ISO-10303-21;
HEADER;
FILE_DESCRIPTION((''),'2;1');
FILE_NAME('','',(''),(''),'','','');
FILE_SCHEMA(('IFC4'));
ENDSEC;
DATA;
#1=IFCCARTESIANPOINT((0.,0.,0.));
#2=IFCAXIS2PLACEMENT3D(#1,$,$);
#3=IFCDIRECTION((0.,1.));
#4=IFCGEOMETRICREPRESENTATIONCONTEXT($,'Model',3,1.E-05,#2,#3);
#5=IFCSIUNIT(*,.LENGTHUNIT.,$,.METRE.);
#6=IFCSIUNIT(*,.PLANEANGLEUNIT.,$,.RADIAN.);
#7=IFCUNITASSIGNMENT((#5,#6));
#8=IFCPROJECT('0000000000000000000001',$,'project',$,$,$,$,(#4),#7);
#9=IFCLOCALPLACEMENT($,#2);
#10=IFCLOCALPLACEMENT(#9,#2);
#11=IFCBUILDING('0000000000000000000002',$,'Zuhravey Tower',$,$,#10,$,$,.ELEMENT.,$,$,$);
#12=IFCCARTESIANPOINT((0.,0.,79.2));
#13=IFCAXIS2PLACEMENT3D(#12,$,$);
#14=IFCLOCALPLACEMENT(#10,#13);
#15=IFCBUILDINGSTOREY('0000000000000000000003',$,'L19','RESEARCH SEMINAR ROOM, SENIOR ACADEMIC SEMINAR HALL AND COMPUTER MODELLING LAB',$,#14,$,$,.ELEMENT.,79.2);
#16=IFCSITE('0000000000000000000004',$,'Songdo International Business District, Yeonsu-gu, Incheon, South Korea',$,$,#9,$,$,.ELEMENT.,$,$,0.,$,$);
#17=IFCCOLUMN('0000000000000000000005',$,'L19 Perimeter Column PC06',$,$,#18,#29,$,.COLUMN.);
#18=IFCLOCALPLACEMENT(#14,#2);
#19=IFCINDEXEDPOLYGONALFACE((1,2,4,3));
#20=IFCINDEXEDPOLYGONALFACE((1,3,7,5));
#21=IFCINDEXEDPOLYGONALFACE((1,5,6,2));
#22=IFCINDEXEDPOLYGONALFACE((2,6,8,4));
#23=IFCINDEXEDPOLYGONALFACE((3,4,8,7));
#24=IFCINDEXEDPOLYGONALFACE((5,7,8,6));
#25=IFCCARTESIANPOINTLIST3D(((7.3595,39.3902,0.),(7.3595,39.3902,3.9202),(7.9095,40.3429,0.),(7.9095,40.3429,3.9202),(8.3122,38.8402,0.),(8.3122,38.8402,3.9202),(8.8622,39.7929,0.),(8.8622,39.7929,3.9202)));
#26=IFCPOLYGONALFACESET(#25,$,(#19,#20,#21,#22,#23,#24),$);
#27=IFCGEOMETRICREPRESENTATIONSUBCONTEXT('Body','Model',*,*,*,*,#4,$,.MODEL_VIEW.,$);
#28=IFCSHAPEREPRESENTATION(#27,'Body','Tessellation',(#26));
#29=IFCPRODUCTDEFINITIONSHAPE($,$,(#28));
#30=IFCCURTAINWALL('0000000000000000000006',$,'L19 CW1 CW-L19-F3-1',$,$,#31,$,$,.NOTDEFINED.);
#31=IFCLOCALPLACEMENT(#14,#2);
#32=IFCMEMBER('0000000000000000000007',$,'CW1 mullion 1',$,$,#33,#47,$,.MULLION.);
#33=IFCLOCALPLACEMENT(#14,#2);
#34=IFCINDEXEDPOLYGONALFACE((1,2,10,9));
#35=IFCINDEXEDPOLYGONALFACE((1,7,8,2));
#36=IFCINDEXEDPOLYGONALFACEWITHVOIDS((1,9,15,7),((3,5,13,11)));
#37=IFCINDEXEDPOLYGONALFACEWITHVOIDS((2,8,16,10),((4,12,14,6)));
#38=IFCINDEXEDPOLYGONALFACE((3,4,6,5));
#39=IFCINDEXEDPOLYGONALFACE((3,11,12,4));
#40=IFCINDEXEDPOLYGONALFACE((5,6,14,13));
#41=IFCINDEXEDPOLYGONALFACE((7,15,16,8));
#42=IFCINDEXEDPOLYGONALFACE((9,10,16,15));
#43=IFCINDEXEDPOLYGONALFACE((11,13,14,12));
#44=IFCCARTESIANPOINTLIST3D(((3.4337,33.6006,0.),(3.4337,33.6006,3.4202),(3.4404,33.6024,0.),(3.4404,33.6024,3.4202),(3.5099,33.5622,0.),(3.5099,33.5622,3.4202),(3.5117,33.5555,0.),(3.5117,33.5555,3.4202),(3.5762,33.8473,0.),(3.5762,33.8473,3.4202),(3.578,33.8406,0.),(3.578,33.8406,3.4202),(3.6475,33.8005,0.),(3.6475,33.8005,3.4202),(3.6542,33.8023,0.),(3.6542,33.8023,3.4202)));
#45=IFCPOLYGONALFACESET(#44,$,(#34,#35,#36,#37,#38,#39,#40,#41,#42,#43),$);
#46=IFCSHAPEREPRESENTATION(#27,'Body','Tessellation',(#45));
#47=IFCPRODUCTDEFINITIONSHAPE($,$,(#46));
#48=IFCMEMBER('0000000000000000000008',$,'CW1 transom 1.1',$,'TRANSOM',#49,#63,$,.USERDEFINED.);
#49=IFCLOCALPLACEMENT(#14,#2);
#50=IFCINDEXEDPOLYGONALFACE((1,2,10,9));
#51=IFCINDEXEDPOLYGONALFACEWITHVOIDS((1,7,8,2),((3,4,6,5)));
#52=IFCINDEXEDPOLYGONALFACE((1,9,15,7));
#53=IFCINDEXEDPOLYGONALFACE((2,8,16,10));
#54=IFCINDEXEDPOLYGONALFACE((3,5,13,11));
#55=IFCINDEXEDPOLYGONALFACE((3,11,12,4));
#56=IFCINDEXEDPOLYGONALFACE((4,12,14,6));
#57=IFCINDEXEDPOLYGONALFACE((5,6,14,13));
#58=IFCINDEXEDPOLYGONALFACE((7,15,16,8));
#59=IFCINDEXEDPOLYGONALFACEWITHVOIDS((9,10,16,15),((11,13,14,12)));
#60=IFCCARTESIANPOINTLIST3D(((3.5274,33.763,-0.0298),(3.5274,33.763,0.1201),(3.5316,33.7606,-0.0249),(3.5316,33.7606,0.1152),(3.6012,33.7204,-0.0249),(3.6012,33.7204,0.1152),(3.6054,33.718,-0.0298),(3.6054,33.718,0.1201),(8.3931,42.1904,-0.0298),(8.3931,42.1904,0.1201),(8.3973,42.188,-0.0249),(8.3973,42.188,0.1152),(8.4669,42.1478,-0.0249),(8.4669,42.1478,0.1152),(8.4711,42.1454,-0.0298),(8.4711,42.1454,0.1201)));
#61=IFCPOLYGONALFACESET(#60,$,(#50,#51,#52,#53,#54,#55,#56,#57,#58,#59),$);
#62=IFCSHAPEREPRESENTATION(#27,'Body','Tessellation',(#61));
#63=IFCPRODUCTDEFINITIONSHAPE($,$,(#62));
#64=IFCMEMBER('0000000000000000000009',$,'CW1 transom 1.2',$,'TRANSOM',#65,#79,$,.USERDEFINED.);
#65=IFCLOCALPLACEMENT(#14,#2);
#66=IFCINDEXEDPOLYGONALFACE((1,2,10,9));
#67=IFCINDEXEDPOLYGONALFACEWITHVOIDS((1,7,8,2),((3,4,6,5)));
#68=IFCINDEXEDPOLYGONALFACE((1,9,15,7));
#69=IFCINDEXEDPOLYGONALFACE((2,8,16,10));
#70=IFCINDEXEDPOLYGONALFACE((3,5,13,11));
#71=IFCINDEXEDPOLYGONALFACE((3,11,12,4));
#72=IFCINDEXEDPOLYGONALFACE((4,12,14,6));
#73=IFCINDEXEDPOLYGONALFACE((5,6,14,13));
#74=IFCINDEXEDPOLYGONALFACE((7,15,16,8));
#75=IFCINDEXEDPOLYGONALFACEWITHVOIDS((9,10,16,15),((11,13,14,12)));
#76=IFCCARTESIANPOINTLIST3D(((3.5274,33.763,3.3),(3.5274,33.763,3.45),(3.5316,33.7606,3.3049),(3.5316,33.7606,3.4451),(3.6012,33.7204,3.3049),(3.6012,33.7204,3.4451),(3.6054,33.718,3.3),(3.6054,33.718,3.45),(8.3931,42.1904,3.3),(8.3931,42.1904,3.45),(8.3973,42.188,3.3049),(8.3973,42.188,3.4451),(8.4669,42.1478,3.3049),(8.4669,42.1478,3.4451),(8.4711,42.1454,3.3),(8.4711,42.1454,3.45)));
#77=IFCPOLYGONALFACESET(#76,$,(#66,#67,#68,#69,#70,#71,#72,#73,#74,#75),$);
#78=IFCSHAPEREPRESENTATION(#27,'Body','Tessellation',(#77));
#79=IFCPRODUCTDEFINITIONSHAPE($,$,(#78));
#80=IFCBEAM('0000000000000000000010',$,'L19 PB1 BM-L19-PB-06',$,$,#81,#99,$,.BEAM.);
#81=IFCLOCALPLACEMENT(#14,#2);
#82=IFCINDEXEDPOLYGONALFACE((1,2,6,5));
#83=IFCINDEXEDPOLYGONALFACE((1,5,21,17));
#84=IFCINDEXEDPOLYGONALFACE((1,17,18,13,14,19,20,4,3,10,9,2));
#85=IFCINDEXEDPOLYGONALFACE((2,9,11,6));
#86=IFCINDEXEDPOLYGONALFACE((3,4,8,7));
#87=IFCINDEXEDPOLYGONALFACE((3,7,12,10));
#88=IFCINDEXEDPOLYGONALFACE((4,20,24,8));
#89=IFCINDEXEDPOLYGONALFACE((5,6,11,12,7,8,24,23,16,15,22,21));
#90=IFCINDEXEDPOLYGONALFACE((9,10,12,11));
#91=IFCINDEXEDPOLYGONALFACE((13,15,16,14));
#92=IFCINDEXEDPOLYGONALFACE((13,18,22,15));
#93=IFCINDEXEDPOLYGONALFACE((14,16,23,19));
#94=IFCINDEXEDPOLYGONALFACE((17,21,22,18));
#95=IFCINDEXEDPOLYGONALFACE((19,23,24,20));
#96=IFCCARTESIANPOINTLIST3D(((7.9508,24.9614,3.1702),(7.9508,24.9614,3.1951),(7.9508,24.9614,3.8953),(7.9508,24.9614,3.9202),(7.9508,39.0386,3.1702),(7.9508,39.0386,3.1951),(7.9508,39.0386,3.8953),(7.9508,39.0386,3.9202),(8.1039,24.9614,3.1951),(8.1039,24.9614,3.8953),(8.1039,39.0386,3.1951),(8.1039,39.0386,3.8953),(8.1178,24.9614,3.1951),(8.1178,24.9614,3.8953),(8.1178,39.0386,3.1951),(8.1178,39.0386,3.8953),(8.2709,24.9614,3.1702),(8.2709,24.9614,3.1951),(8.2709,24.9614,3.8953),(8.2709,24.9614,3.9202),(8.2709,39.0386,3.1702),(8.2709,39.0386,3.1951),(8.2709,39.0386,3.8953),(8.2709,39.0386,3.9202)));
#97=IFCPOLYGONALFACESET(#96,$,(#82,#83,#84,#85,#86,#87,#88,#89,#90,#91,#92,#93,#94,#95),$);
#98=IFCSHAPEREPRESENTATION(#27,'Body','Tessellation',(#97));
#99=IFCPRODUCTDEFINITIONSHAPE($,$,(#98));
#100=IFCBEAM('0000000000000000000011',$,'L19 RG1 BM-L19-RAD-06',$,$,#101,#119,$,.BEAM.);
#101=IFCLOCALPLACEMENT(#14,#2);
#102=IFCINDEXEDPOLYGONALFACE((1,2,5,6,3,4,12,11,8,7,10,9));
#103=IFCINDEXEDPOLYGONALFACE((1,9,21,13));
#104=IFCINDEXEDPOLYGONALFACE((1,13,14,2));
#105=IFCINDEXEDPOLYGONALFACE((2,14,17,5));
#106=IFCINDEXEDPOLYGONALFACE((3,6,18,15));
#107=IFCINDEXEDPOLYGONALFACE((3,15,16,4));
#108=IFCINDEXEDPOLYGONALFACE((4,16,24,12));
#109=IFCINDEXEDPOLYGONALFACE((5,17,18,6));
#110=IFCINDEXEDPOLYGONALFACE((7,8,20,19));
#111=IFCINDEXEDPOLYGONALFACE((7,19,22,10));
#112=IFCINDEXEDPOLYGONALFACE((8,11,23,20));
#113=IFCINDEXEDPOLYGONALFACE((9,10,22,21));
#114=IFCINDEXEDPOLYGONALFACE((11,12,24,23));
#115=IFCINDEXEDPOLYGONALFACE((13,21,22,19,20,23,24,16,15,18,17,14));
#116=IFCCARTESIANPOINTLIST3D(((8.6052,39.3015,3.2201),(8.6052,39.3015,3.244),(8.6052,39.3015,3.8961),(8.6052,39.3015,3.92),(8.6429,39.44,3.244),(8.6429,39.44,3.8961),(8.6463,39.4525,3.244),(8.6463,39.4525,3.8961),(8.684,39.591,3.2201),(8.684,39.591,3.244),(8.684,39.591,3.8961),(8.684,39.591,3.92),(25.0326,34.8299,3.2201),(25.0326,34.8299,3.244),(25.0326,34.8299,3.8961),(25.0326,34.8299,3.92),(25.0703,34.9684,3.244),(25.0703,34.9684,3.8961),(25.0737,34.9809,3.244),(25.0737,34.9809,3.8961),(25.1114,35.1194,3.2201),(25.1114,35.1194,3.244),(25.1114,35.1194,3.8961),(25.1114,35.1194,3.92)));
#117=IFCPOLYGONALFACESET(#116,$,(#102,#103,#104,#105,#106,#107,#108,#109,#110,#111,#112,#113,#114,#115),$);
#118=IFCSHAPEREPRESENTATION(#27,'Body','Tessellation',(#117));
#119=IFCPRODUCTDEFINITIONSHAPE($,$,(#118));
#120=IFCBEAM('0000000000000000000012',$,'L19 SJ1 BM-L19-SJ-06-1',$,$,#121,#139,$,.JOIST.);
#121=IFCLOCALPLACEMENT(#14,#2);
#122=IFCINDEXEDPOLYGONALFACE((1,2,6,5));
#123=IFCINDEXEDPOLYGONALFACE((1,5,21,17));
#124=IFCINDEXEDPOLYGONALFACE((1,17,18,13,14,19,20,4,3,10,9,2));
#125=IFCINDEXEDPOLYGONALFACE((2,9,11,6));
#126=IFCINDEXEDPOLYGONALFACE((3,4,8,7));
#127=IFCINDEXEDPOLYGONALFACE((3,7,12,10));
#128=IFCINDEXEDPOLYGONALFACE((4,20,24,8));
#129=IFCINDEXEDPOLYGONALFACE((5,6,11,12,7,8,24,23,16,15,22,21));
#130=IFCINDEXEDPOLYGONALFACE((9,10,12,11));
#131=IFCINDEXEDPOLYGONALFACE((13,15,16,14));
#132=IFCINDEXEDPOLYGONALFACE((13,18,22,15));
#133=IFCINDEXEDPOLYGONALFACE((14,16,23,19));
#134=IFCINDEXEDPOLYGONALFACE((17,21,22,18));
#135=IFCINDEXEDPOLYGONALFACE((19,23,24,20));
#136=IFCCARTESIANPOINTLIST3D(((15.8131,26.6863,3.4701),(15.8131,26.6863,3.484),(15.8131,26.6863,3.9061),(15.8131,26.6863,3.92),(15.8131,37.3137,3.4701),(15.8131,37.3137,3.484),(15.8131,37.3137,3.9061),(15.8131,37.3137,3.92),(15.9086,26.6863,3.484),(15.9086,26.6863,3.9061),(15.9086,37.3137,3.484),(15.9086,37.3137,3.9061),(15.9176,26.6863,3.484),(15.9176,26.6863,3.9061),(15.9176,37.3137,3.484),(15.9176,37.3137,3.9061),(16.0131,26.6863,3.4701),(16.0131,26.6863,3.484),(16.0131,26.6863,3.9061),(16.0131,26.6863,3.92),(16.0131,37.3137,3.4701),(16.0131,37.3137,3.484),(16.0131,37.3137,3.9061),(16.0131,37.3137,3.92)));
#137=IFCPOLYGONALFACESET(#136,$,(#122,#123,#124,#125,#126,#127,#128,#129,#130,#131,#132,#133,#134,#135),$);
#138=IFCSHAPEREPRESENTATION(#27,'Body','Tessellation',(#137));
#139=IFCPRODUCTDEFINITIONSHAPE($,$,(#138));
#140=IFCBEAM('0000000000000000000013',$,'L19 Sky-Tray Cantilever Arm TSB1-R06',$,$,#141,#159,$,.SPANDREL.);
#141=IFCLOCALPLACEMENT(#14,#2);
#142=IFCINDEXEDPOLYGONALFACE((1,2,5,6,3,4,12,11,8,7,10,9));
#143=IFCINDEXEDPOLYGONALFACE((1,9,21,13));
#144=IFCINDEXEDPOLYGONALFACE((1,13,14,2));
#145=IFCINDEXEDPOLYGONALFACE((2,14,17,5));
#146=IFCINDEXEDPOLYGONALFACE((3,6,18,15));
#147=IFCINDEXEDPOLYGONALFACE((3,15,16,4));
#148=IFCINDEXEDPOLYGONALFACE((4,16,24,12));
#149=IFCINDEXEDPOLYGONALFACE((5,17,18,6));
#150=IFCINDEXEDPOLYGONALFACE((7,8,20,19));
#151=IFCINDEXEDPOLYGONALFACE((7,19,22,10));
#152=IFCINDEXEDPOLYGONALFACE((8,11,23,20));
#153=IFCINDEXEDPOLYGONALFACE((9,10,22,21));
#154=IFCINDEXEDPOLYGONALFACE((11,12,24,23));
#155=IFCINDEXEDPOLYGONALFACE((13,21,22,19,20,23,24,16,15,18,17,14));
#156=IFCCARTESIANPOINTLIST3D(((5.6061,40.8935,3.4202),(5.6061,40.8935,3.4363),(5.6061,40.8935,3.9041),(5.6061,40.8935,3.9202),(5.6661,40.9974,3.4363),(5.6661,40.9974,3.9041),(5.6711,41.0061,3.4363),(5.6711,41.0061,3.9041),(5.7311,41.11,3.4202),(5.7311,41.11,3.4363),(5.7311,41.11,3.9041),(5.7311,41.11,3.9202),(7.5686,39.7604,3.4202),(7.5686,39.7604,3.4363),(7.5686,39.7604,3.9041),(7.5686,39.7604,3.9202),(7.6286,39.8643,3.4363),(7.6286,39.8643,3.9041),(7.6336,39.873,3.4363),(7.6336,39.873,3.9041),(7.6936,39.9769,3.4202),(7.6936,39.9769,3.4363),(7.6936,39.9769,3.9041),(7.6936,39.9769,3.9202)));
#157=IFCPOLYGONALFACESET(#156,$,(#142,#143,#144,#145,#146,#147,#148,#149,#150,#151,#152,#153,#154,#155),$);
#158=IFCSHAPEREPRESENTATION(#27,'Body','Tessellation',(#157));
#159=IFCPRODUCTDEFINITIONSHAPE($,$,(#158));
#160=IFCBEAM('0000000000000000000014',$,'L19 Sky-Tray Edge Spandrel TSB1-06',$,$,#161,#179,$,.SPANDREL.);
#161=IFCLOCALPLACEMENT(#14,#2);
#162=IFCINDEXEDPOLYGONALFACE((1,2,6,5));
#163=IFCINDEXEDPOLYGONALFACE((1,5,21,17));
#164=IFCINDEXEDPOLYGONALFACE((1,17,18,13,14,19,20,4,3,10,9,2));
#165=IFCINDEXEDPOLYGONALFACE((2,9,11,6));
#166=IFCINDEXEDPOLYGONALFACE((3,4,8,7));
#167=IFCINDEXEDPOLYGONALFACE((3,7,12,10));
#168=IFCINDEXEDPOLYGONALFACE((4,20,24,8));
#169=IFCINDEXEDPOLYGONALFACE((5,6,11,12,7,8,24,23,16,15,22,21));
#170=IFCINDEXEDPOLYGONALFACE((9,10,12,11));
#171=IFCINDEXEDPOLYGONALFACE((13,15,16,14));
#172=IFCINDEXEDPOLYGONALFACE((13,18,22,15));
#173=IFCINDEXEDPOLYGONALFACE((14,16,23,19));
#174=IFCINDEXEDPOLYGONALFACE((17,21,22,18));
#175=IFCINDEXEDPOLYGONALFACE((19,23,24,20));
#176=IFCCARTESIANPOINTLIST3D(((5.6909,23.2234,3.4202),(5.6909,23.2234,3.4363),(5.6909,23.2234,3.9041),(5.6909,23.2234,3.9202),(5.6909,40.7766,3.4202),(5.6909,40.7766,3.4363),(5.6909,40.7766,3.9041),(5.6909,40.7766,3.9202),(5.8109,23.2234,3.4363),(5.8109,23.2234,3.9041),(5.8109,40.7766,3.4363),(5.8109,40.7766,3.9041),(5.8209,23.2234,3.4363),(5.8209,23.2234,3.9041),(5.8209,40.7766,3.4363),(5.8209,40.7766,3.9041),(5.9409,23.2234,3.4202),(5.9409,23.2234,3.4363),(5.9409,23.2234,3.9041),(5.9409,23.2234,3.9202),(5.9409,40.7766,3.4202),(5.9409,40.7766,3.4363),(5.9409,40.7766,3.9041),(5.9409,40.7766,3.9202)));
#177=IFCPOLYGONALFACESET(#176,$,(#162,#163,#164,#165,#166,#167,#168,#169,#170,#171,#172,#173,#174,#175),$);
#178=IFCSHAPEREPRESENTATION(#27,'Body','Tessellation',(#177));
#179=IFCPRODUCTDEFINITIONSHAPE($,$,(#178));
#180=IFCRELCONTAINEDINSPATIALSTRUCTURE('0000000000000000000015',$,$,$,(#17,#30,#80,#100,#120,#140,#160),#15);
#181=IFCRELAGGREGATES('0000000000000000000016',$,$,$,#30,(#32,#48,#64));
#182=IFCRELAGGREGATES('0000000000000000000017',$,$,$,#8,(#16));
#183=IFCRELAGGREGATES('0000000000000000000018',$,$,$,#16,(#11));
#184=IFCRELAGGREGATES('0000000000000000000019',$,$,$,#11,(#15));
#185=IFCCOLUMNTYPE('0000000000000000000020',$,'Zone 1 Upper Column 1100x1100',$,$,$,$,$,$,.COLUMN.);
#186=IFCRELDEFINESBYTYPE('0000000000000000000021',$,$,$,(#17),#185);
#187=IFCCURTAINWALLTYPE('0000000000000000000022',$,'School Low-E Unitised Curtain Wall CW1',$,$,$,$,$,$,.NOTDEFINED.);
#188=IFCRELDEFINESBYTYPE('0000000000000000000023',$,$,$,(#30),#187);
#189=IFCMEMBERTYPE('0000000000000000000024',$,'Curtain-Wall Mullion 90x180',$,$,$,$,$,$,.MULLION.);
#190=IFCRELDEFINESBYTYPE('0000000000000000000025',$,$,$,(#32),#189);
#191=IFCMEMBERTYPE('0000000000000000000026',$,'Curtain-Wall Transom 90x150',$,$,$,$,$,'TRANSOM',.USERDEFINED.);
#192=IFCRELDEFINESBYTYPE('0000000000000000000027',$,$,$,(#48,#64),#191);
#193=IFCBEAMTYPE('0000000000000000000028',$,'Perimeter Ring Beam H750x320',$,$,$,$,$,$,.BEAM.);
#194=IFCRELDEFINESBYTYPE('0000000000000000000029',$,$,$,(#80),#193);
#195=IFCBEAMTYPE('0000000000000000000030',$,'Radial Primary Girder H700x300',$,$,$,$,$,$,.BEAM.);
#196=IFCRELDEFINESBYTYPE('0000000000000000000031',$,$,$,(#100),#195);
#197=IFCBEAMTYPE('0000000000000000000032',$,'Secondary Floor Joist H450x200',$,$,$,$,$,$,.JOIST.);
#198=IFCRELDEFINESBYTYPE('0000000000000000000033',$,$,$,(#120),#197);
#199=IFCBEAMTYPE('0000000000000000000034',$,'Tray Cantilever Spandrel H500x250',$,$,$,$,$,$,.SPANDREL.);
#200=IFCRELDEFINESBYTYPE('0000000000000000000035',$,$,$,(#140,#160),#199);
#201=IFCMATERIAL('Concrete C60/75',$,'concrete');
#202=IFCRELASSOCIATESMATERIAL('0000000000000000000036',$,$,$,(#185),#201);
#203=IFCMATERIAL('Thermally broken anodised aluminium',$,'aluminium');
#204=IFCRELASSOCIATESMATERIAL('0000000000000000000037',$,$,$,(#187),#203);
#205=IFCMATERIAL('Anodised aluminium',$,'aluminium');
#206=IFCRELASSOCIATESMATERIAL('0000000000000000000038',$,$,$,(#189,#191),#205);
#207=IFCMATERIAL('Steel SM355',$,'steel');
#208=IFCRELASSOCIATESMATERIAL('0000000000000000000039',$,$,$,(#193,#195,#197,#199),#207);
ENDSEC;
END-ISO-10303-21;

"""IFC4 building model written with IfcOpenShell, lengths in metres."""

from ifc_helpers import new_model, si_unit, direction, frame, origin, origin_2d, place, context, subcontext, project, spatial, rectangle, hollow_rectangle, i_section, extrude, material, material_profile, profile_set, type_object, element, aggregate, save


model = new_model("IFC4")

# Units and contexts
model_context = context("Model", 3, precision=1e-05, world=origin(), true_north=direction((0.0, 1.0)))
body_context = subcontext(model_context, "Body", "Model", "MODEL_VIEW")
ifc_project = project(units=[si_unit("LENGTHUNIT", "METRE"), si_unit("PLANEANGLEUNIT", "RADIAN")], contexts=[model_context])

# Site, building, storey
site_placement = place(None, origin())
site = spatial("IfcSite", under=ifc_project, at=site_placement, Name="Songdo International Business District, Yeonsu-gu, Incheon, South Korea", CompositionType="ELEMENT", RefElevation=0.0)
building_placement = place(site_placement, origin())
building = spatial("IfcBuilding", under=site, at=building_placement, Name="Zuhravey Tower", CompositionType="ELEMENT")
storey_placement = place(building_placement, frame((0.0, 0.0, 79.2)))
storey = spatial("IfcBuildingStorey", under=building, at=storey_placement, Name="L19", Description="RESEARCH SEMINAR ROOM, SENIOR ACADEMIC SEMINAR HALL AND COMPUTER MODELLING LAB", CompositionType="ELEMENT", Elevation=79.2)

# Column
ifc_material_1 = material(Name="Concrete C60/75", Category="concrete")
ifc_material_profile_1 = material_profile(ifc_material_1, rectangle(XDim=1.1001, YDim=1.1001, at=origin_2d()), Name="RC-1100x1100")
ifc_profile_set_1 = profile_set([ifc_material_profile_1], Name="Concrete C60/75")
column_type = type_object("IfcColumnType", Name="Zone 1 Upper Column 1100x1100", PredefinedType="COLUMN", material=ifc_profile_set_1)
column_placement = place(storey_placement, frame((8.1108, 39.5916, 0.0), z_axis=(0.0, 0.0, 1.0), x_axis=(-0.5, -0.866025, 0.0)))
element("IfcColumn", 1, at=column_placement, inside=storey, type_object=column_type, Name="L19 Perimeter Column PC06", PredefinedType="COLUMN", context=body_context, shape_type="SweptSolid", body=[
    extrude(rectangle(XDim=1.1001, YDim=1.1001, at=origin_2d()), origin(), (0.0, 0.0, 1.0), 3.9202),
])

# Curtain wall, members
ifc_material_2 = material(Name="Thermally broken anodised aluminium", Category="aluminium")
curtain_wall_type = type_object("IfcCurtainWallType", Name="School Low-E Unitised Curtain Wall CW1", PredefinedType="NOTDEFINED", material=ifc_material_2)
curtain_wall_placement = place(storey_placement, origin())
curtain_wall = element("IfcCurtainWall", 2, at=curtain_wall_placement, inside=storey, type_object=curtain_wall_type, Name="L19 CW1 CW-L19-F3-1", PredefinedType="NOTDEFINED")
ifc_material_3 = material(Name="Anodised aluminium", Category="aluminium")
ifc_material_profile_2 = material_profile(ifc_material_3, hollow_rectangle(XDim=0.0901, YDim=0.2849, WallThickness=0.0049, at=origin_2d()), Name="ALU-RHS-90x285x5")
ifc_profile_set_2 = profile_set([ifc_material_profile_2], Name="Anodised aluminium")
member_type_1 = type_object("IfcMemberType", Name="Curtain-Wall Mullion 90x180", PredefinedType="MULLION", material=ifc_profile_set_2)
member_1_placement = place(storey_placement, frame((3.5439, 33.7014, 0.0), z_axis=(0.0, 0.0, 1.0), x_axis=(-0.866026, 0.5, 0.0)))
member_1 = element("IfcMember", 3, at=member_1_placement, type_object=member_type_1, Name="CW1 mullion 1", PredefinedType="MULLION", context=body_context, shape_type="SweptSolid", body=[
    extrude(hollow_rectangle(XDim=0.0901, YDim=0.2849, WallThickness=0.0049, at=origin_2d()), origin(), (0.0, 0.0, 1.0), 3.4202),
])
ifc_material_profile_3 = material_profile(ifc_material_3, hollow_rectangle(XDim=0.0901, YDim=0.1499, WallThickness=0.0049, at=origin_2d()), Name="ALU-RHS-90x150x5")
ifc_profile_set_3 = profile_set([ifc_material_profile_3], Name="Anodised aluminium")
member_type_2 = type_object("IfcMemberType", Name="Curtain-Wall Transom 90x150", ElementType="TRANSOM", PredefinedType="USERDEFINED", material=ifc_profile_set_3)
member_2_placement = place(storey_placement, frame((3.5664, 33.7405, 0.0452), z_axis=(0.500008, 0.866021, 0.0), x_axis=(-0.866021, 0.500008, 0.0)))
member_2 = element("IfcMember", 4, at=member_2_placement, type_object=member_type_2, Name="CW1 transom 1.1", ObjectType="TRANSOM", PredefinedType="USERDEFINED", context=body_context, shape_type="SweptSolid", body=[
    extrude(hollow_rectangle(XDim=0.0901, YDim=0.1499, WallThickness=0.0049, at=origin_2d()), origin(), (0.0, 0.0, 1.0), 9.7312),
])
member_3_placement = place(storey_placement, frame((3.5664, 33.7405, 3.375), z_axis=(0.500008, 0.866021, 0.0), x_axis=(-0.866021, 0.500008, 0.0)))
member_3 = element("IfcMember", 5, at=member_3_placement, type_object=member_type_2, Name="CW1 transom 1.2", ObjectType="TRANSOM", PredefinedType="USERDEFINED", context=body_context, shape_type="SweptSolid", body=[
    extrude(hollow_rectangle(XDim=0.0901, YDim=0.1499, WallThickness=0.0049, at=origin_2d()), origin(), (0.0, 0.0, 1.0), 9.7312),
])

# Beams
ifc_material_4 = material(Name="Steel SM355", Category="steel")
ifc_material_profile_4 = material_profile(ifc_material_4, i_section(OverallWidth=0.3201, OverallDepth=0.75, WebThickness=0.0139, FlangeThickness=0.0249, at=origin_2d()), Name="H-750x320x14x25")
ifc_profile_set_4 = profile_set([ifc_material_profile_4], Name="Steel SM355")
beam_type_1 = type_object("IfcBeamType", Name="Perimeter Ring Beam H750x320", PredefinedType="BEAM", material=ifc_profile_set_4)
beam_1_placement = place(storey_placement, frame((8.1108, 39.0386, 3.5452), z_axis=(0.0, -1.0, 0.0), x_axis=(1.0, 0.0, 0.0)))
element("IfcBeam", 6, at=beam_1_placement, inside=storey, type_object=beam_type_1, Name="L19 PB1 BM-L19-PB-06", PredefinedType="BEAM", context=body_context, shape_type="SweptSolid", body=[
    extrude(i_section(OverallWidth=0.3201, OverallDepth=0.75, WebThickness=0.0139, FlangeThickness=0.0249, at=origin_2d()), origin(), (0.0, 0.0, 1.0), 14.0771),
])
ifc_material_profile_5 = material_profile(ifc_material_4, i_section(OverallWidth=0.3, OverallDepth=0.7, WebThickness=0.0129, FlangeThickness=0.0239, at=origin_2d()), Name="H-700x300x13x24")
ifc_profile_set_5 = profile_set([ifc_material_profile_5], Name="Steel SM355")
beam_type_2 = type_object("IfcBeamType", Name="Radial Primary Girder H700x300", PredefinedType="BEAM", material=ifc_profile_set_5)
beam_2_placement = place(storey_placement, frame((25.072, 34.9746, 3.5701), z_axis=(-0.964891, 0.26265, 0.0), x_axis=(-0.26265, -0.964891, 0.0)))
element("IfcBeam", 7, at=beam_2_placement, inside=storey, type_object=beam_type_2, Name="L19 RG1 BM-L19-RAD-06", PredefinedType="BEAM", context=body_context, shape_type="SweptSolid", body=[
    extrude(i_section(OverallWidth=0.3, OverallDepth=0.7, WebThickness=0.0129, FlangeThickness=0.0239, at=origin_2d()), origin(), (0.0, 0.0, 1.0), 17.0251),
])
ifc_material_profile_6 = material_profile(ifc_material_4, i_section(OverallWidth=0.2, OverallDepth=0.45, WebThickness=0.009, FlangeThickness=0.0139, at=origin_2d()), Name="H-450x200x9x14")
ifc_profile_set_6 = profile_set([ifc_material_profile_6], Name="Steel SM355")
beam_type_3 = type_object("IfcBeamType", Name="Secondary Floor Joist H450x200", PredefinedType="JOIST", material=ifc_profile_set_6)
beam_3_placement = place(storey_placement, frame((15.9131, 37.3137, 3.6951), z_axis=(0.0, -1.0, 0.0), x_axis=(1.0, 0.0, 0.0)))
element("IfcBeam", 8, at=beam_3_placement, inside=storey, type_object=beam_type_3, Name="L19 SJ1 BM-L19-SJ-06-1", PredefinedType="JOIST", context=body_context, shape_type="SweptSolid", body=[
    extrude(i_section(OverallWidth=0.2, OverallDepth=0.45, WebThickness=0.009, FlangeThickness=0.0139, at=origin_2d()), origin(), (0.0, 0.0, 1.0), 10.6274),
])
ifc_material_profile_7 = material_profile(ifc_material_4, i_section(OverallWidth=0.25, OverallDepth=0.5, WebThickness=0.01, FlangeThickness=0.0161, at=origin_2d()), Name="H-500x250x10x16")
ifc_profile_set_7 = profile_set([ifc_material_profile_7], Name="Steel SM355")
beam_type_4 = type_object("IfcBeamType", Name="Tray Cantilever Spandrel H500x250", PredefinedType="SPANDREL", material=ifc_profile_set_7)
beam_4_placement = place(storey_placement, frame((7.6311, 39.8687, 3.6702), z_axis=(-0.866013, 0.500021, 0.0), x_axis=(-0.500021, -0.866013, 0.0)))
element("IfcBeam", 9, at=beam_4_placement, inside=storey, type_object=beam_type_4, Name="L19 Sky-Tray Cantilever Arm TSB1-R06", PredefinedType="SPANDREL", context=body_context, shape_type="SweptSolid", body=[
    extrude(i_section(OverallWidth=0.25, OverallDepth=0.5, WebThickness=0.01, FlangeThickness=0.0161, at=origin_2d()), origin(), (0.0, 0.0, 1.0), 2.2661),
])
beam_5_placement = place(storey_placement, frame((5.8159, 40.7766, 3.6702), z_axis=(0.0, -1.0, 0.0), x_axis=(1.0, 0.0, 0.0)))
element("IfcBeam", 10, at=beam_5_placement, inside=storey, type_object=beam_type_4, Name="L19 Sky-Tray Edge Spandrel TSB1-06", PredefinedType="SPANDREL", context=body_context, shape_type="SweptSolid", body=[
    extrude(i_section(OverallWidth=0.25, OverallDepth=0.5, WebThickness=0.01, FlangeThickness=0.0161, at=origin_2d()), origin(), (0.0, 0.0, 1.0), 17.5532),
])

aggregate(curtain_wall, [member_1, member_2, member_3])

save(model, "model.ifc")
